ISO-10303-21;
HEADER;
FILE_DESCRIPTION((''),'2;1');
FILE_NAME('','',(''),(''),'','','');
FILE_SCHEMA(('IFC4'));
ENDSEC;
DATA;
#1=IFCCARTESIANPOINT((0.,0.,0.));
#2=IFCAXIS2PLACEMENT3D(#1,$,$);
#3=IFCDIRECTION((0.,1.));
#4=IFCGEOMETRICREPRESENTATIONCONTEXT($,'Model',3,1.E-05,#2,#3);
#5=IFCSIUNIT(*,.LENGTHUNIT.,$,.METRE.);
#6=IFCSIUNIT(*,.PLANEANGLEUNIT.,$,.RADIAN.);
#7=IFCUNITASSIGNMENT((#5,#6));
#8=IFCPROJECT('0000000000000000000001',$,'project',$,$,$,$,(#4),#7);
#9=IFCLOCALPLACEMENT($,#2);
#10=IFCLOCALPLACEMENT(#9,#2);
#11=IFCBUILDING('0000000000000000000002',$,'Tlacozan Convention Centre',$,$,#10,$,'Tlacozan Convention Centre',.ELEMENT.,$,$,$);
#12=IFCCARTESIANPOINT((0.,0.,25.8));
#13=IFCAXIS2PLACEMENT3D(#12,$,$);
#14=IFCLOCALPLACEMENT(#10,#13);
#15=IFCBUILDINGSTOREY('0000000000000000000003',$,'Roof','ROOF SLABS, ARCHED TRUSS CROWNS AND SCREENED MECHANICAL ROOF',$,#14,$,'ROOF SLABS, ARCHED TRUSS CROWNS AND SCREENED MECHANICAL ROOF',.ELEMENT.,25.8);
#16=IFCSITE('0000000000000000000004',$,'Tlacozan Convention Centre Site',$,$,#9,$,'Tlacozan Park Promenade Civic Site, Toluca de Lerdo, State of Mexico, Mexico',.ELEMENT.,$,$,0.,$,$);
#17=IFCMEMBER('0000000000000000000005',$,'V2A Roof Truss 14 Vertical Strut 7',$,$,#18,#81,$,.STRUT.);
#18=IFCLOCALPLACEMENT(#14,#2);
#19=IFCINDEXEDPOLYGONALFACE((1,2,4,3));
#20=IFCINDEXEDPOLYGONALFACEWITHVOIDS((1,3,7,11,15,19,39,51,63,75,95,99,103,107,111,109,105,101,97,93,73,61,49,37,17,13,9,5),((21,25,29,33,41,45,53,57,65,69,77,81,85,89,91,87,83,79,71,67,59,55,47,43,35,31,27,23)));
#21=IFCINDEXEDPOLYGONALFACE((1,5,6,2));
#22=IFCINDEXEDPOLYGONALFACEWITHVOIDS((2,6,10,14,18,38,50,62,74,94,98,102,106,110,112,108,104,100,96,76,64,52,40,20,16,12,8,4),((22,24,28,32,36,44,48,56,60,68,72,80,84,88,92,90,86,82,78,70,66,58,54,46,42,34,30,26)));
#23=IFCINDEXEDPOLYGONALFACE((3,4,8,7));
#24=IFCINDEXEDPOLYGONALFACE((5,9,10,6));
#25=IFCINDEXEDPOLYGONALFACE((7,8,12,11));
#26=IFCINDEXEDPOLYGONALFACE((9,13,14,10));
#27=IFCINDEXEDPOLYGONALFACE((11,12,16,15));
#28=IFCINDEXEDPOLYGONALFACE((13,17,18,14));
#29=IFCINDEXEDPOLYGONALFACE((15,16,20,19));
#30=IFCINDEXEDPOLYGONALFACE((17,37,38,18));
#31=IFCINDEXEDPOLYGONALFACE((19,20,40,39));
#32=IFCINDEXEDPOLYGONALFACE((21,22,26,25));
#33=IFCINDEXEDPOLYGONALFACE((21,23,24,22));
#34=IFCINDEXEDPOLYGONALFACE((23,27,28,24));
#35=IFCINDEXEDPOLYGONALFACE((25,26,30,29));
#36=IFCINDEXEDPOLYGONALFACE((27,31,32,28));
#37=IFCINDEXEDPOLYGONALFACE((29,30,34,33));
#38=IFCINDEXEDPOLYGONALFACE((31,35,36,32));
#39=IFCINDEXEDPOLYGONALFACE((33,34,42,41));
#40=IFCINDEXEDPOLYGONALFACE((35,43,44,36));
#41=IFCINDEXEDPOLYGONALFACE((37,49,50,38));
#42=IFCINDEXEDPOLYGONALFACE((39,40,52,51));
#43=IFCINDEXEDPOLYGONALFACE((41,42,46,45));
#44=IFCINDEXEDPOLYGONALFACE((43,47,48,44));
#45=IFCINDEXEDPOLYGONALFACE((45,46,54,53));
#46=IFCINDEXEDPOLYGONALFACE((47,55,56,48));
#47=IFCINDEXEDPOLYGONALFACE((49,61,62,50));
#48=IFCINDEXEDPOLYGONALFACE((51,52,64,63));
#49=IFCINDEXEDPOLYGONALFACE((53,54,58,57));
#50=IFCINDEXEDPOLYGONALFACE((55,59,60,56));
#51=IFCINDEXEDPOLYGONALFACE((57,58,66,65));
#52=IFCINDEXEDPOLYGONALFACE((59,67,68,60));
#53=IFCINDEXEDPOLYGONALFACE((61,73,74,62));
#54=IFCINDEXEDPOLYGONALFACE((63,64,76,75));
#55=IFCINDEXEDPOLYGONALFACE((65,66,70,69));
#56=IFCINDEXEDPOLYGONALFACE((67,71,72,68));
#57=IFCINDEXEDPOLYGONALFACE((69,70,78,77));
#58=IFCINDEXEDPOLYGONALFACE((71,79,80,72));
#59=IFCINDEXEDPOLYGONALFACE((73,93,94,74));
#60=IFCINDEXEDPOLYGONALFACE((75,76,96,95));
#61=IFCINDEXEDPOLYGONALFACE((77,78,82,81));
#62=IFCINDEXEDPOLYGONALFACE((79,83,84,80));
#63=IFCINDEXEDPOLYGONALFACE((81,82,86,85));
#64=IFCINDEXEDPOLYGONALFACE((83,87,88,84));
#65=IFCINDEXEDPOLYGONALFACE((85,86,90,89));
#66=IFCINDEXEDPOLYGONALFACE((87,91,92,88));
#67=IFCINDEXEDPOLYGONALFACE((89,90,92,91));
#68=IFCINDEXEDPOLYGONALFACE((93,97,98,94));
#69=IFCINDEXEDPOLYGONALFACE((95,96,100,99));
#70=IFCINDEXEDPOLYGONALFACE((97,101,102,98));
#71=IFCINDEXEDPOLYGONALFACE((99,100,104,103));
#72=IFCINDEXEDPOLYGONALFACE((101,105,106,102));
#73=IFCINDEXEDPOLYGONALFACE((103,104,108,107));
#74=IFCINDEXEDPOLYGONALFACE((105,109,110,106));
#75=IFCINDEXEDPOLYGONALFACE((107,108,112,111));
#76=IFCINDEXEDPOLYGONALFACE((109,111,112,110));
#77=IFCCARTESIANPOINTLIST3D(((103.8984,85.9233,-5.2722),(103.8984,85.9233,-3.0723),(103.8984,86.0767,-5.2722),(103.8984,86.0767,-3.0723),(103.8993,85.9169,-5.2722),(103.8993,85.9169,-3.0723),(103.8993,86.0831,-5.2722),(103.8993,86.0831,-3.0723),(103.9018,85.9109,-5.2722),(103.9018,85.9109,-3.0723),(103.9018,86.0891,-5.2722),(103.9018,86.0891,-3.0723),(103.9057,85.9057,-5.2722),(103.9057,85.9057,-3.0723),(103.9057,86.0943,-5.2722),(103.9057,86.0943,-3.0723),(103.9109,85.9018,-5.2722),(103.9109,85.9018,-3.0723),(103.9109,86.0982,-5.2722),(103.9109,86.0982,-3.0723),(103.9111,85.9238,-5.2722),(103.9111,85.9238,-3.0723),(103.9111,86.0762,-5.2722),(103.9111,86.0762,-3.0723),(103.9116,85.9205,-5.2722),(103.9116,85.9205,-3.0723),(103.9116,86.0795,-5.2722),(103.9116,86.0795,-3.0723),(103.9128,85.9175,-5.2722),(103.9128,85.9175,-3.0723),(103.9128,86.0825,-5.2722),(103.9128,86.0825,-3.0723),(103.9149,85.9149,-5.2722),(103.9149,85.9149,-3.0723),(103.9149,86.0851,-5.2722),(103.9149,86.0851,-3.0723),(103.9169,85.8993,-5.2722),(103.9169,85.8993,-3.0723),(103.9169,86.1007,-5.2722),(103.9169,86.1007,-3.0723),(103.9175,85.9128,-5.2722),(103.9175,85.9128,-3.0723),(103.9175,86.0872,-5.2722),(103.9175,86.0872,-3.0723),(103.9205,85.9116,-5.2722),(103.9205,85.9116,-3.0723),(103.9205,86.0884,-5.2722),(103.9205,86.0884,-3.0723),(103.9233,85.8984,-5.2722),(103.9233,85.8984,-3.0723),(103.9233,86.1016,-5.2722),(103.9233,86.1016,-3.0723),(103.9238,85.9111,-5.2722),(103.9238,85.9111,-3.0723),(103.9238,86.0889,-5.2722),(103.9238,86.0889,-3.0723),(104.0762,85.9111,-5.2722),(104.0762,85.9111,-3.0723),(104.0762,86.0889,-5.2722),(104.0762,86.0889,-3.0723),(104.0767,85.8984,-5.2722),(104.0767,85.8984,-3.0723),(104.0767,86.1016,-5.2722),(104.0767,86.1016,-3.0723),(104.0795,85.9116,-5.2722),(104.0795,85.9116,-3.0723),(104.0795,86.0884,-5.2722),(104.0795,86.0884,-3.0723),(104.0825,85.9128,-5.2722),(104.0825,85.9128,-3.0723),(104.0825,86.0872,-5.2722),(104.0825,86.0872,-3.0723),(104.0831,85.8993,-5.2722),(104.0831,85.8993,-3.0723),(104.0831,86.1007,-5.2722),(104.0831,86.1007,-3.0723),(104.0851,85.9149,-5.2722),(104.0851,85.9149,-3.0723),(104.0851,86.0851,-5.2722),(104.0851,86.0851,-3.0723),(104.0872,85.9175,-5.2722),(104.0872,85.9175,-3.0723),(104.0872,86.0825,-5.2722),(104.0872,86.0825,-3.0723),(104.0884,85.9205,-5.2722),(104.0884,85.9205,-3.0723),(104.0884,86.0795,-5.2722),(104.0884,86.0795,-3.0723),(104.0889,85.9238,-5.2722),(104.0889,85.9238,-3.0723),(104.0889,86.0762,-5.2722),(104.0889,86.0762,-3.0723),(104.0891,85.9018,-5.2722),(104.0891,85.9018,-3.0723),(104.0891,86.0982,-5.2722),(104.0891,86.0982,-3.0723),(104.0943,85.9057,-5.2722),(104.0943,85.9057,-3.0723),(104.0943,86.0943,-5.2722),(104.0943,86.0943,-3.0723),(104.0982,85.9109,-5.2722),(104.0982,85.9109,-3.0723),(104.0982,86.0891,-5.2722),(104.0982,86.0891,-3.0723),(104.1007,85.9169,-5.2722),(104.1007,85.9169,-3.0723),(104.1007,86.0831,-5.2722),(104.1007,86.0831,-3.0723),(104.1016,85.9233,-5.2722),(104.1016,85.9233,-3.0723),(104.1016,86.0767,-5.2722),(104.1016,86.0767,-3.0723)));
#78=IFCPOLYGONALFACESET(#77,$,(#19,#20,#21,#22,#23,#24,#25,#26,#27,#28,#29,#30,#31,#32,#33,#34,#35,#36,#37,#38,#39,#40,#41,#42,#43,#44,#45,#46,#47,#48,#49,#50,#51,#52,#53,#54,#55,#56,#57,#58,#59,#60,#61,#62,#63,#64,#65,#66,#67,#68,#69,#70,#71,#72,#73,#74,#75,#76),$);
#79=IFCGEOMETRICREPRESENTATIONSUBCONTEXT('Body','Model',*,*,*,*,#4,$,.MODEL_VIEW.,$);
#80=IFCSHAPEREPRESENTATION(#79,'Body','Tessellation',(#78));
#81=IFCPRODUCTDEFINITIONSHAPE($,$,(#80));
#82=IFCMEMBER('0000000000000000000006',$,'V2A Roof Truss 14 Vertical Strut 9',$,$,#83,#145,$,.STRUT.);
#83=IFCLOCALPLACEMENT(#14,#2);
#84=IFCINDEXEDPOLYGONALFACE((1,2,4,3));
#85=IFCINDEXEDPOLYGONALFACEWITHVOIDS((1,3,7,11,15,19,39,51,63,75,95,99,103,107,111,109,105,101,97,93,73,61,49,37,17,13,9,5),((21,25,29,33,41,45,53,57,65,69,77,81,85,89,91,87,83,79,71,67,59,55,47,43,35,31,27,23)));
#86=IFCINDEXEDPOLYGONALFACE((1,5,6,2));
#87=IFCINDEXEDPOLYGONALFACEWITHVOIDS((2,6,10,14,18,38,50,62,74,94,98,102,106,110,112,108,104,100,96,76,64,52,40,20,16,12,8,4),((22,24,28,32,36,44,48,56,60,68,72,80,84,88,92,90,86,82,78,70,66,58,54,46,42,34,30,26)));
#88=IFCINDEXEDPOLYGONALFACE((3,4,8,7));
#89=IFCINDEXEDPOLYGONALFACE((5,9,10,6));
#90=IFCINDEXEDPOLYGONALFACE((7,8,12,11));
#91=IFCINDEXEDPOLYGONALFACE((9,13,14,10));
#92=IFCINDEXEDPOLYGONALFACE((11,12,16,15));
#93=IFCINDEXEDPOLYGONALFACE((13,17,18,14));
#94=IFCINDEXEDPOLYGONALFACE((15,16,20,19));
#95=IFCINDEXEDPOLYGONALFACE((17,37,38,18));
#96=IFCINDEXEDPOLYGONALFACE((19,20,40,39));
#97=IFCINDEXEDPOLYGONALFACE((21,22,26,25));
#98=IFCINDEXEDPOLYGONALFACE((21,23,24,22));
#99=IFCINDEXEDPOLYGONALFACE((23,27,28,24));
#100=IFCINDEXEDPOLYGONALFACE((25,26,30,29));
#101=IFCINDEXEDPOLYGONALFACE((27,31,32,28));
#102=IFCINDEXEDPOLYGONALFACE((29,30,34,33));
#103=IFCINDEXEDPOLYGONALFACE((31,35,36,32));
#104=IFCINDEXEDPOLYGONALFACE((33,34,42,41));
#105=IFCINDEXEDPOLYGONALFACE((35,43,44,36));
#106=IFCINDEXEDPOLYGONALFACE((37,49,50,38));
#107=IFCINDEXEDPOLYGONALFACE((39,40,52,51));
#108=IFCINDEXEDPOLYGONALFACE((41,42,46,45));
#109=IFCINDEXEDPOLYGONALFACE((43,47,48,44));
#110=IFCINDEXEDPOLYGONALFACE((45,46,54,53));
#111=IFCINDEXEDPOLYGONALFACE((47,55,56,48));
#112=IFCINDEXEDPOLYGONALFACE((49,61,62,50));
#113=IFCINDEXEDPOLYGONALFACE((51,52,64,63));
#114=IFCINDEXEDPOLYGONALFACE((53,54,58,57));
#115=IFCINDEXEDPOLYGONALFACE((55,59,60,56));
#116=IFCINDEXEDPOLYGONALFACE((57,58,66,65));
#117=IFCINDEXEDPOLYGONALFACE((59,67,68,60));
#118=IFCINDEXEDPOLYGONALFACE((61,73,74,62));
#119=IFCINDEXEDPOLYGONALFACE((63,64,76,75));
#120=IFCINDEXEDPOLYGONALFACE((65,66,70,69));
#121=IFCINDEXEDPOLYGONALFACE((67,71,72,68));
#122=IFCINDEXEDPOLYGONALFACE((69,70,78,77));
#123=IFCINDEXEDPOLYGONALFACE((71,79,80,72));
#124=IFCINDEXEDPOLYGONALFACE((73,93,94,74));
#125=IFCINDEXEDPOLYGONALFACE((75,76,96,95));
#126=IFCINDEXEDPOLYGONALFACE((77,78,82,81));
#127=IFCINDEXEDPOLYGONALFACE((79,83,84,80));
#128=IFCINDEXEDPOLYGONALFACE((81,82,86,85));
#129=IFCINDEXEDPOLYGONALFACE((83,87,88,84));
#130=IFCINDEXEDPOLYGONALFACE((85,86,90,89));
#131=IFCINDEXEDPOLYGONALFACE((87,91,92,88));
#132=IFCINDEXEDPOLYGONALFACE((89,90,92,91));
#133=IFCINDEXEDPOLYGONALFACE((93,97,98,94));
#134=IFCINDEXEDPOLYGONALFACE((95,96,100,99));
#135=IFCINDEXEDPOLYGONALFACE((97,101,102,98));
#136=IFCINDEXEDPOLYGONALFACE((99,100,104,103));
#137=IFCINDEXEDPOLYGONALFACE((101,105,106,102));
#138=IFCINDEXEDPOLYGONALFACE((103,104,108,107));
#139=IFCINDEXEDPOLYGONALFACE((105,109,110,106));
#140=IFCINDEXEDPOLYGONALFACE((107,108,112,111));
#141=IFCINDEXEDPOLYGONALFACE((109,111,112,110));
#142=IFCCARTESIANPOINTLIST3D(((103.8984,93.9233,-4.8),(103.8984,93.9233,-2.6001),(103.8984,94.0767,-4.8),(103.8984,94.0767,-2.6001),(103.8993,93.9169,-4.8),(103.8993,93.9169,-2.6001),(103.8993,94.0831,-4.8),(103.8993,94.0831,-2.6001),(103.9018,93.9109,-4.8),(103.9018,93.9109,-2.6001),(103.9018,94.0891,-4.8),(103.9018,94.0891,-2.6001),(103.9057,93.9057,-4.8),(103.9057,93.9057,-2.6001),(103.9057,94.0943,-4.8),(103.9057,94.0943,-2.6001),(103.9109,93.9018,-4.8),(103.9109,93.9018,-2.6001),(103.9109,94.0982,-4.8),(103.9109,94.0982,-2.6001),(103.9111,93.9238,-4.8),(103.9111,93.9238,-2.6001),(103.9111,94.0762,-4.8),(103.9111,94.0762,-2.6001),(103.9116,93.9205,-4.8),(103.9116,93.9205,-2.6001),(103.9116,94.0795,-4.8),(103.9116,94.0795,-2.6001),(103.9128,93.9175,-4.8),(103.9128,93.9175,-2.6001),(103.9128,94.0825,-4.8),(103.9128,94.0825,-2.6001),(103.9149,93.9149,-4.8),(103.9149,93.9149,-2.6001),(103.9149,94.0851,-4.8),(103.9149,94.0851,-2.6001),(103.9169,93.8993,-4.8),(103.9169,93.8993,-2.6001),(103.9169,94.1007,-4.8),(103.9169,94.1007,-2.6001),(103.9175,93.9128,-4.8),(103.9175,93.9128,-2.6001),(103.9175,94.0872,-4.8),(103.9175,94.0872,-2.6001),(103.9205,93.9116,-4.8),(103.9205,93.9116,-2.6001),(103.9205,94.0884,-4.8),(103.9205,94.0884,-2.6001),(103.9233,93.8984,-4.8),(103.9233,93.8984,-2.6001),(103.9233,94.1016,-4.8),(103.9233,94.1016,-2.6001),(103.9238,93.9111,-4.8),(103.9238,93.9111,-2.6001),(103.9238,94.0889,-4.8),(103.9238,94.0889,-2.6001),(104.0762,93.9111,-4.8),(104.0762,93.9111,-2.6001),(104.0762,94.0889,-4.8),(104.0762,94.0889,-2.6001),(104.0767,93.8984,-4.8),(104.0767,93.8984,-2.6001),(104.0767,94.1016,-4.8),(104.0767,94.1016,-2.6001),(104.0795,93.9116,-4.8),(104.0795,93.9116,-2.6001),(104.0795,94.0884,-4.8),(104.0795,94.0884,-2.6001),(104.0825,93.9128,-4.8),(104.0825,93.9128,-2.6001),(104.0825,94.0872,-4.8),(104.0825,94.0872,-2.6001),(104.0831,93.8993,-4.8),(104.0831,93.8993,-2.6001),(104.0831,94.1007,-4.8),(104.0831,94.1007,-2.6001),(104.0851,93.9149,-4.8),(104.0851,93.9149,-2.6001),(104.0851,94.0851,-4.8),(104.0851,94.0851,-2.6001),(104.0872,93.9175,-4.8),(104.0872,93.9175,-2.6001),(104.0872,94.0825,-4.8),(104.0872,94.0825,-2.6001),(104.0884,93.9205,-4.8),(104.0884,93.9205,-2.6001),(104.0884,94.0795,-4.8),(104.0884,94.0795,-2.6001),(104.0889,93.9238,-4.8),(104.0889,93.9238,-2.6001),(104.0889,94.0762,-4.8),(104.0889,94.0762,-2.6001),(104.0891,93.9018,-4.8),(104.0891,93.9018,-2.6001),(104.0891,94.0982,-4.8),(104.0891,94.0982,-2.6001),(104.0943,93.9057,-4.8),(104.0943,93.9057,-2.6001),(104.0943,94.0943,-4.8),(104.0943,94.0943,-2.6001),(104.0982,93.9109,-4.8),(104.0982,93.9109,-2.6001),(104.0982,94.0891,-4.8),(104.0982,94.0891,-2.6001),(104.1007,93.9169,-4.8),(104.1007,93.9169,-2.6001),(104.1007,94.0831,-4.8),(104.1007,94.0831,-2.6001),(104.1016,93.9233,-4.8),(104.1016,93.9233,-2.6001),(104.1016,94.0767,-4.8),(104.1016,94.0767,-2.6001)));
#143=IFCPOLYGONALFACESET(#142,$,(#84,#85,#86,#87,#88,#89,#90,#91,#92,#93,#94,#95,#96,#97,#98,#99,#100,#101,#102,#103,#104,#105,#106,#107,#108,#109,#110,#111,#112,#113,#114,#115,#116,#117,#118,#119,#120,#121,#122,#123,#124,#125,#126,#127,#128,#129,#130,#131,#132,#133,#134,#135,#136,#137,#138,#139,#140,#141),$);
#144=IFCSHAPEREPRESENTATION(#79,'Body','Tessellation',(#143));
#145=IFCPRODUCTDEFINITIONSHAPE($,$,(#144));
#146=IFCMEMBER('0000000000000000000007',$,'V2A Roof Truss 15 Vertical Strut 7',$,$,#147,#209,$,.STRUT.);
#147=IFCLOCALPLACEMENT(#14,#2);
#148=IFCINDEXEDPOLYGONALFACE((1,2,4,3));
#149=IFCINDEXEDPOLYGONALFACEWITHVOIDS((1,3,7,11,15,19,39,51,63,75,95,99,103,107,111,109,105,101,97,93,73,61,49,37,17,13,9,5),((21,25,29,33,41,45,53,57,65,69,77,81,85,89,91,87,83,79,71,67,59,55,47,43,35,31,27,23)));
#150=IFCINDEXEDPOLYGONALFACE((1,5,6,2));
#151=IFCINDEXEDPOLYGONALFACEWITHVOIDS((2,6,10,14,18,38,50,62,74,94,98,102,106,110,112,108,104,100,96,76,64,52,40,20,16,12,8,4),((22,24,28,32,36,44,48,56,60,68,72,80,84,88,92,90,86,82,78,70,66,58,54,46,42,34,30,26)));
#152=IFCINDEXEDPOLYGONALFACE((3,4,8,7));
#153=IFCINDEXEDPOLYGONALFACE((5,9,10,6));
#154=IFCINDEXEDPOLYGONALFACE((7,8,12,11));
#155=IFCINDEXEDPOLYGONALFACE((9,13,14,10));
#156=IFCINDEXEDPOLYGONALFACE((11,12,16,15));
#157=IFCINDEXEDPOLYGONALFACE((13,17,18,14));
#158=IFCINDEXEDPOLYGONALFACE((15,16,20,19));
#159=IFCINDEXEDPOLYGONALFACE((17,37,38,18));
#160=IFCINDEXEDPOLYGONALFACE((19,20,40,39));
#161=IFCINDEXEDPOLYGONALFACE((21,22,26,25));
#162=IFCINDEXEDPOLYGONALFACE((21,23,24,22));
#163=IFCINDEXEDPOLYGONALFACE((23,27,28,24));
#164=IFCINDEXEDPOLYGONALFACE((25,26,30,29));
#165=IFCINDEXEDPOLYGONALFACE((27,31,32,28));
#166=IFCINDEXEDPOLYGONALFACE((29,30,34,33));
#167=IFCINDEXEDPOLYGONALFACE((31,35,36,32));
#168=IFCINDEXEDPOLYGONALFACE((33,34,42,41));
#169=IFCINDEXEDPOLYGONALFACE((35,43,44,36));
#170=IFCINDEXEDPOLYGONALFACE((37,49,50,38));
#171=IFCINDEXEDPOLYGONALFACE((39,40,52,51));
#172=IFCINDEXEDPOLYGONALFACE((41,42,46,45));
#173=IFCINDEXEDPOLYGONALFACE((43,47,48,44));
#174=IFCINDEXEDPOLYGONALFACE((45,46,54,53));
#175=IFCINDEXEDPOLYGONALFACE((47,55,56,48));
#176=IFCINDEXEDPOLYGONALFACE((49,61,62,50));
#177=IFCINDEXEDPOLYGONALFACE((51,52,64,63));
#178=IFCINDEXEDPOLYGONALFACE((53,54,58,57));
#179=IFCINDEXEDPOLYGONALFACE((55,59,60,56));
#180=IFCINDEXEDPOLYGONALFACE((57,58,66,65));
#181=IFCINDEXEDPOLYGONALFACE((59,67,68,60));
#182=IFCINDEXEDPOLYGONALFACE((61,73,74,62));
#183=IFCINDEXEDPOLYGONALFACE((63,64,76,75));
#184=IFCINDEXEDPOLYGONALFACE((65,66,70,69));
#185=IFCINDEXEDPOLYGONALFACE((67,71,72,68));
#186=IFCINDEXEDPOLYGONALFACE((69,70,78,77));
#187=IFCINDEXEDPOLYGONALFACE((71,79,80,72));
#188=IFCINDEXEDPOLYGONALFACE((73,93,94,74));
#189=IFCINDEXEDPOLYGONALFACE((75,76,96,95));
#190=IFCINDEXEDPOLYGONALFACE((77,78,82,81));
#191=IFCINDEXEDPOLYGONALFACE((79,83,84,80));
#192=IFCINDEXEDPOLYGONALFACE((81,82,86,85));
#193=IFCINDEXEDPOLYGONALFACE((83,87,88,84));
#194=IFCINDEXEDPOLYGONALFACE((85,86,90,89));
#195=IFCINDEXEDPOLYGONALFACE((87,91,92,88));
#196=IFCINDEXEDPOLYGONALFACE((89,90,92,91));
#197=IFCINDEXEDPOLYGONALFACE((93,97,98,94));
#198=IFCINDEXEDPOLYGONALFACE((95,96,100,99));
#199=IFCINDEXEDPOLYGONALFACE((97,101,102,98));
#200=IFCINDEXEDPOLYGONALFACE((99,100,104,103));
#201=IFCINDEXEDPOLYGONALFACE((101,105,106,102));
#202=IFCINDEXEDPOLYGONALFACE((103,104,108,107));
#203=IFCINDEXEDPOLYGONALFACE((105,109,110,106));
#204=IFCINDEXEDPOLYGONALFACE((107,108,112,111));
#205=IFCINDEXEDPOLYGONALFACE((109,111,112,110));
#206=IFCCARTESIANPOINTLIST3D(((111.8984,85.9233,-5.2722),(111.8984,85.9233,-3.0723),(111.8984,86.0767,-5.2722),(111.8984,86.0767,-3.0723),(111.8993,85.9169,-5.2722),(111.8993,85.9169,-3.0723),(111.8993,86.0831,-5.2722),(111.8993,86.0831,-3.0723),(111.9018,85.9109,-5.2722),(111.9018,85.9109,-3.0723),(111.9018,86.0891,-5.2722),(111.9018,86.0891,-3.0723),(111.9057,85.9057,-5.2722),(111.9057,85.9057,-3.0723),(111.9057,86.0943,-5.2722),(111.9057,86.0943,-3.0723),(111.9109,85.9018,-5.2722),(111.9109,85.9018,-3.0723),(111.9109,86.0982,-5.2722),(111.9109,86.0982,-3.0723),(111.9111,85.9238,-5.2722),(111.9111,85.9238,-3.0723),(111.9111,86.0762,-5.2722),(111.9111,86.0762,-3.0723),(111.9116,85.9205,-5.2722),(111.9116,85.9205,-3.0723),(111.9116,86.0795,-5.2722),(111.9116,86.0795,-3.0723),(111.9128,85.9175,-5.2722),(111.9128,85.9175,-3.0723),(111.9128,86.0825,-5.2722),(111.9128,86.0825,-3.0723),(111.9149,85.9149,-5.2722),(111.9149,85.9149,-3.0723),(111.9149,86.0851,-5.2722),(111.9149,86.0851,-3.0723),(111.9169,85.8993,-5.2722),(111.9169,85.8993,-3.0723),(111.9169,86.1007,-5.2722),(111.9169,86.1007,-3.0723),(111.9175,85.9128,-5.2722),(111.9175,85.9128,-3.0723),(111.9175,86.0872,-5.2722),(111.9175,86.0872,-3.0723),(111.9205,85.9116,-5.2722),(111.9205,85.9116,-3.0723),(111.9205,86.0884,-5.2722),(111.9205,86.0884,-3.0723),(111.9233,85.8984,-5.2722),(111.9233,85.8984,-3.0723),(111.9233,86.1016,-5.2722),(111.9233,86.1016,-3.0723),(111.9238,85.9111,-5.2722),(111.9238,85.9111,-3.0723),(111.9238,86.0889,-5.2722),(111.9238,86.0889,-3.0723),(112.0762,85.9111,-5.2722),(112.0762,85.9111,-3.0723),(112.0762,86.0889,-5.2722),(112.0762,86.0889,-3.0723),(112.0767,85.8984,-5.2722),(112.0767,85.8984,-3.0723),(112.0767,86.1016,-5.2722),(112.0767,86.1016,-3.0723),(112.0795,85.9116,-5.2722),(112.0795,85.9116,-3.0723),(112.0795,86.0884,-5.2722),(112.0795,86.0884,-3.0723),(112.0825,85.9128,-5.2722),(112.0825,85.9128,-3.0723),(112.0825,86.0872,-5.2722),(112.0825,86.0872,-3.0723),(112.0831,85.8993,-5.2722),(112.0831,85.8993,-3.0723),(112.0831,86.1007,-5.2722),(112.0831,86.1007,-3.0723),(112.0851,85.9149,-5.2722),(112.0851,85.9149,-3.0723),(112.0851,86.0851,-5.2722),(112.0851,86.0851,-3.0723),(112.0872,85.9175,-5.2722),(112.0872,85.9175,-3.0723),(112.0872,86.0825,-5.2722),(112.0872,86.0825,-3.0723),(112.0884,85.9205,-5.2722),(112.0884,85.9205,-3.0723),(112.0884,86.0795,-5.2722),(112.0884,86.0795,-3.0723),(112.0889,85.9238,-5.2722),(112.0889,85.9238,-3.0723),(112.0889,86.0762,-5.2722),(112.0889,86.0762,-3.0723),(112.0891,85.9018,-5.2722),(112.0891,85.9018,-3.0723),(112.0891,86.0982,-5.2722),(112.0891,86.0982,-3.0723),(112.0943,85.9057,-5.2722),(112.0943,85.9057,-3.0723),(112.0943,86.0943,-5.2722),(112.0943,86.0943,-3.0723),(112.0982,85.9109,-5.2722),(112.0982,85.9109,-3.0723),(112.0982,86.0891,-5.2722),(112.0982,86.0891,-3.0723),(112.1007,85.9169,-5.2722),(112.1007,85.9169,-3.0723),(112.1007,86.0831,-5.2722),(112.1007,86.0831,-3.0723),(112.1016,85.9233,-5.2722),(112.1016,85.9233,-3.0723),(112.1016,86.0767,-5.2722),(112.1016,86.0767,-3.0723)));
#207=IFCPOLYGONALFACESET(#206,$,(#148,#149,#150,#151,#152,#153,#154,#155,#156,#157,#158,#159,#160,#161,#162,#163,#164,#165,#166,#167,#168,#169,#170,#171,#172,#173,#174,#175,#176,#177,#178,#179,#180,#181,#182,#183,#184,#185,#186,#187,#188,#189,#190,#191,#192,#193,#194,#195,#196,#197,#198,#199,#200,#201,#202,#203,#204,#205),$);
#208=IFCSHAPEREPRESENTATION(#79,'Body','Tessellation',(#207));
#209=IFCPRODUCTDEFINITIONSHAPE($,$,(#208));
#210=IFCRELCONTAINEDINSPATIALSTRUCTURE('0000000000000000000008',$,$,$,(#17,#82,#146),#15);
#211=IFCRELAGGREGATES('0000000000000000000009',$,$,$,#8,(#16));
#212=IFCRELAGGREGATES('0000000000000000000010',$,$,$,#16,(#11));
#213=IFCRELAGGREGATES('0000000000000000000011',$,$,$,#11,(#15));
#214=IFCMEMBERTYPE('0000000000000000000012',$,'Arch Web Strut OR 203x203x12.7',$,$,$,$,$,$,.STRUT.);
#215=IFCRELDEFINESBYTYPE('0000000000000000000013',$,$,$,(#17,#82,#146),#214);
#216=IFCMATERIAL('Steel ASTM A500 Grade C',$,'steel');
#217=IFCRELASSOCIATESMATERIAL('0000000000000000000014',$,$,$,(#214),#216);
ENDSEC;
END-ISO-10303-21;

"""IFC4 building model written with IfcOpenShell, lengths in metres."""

from ifc_helpers import new_model, si_unit, direction, frame, origin, origin_2d, place, context, subcontext, project, spatial, hollow_rectangle, extrude, material, material_profile, profile_set, type_object, element, save


model = new_model("IFC4")

# Units and contexts
model_context = context("Model", 3, precision=1e-05, world=origin(), true_north=direction((0.0, 1.0)))
body_context = subcontext(model_context, "Body", "Model", "MODEL_VIEW")
ifc_project = project(units=[si_unit("LENGTHUNIT", "METRE"), si_unit("PLANEANGLEUNIT", "RADIAN")], contexts=[model_context])

# Site, building, storey
site_placement = place(None, origin())
site = spatial("IfcSite", under=ifc_project, at=site_placement, Name="Tlacozan Convention Centre Site", LongName="Tlacozan Park Promenade Civic Site, Toluca de Lerdo, State of Mexico, Mexico", CompositionType="ELEMENT", RefElevation=0.0)
building_placement = place(site_placement, origin())
building = spatial("IfcBuilding", under=site, at=building_placement, Name="Tlacozan Convention Centre", LongName="Tlacozan Convention Centre", CompositionType="ELEMENT")
storey_placement = place(building_placement, frame((0.0, 0.0, 25.8)))
storey = spatial("IfcBuildingStorey", under=building, at=storey_placement, Name="Roof", Description="ROOF SLABS, ARCHED TRUSS CROWNS AND SCREENED MECHANICAL ROOF", LongName="ROOF SLABS, ARCHED TRUSS CROWNS AND SCREENED MECHANICAL ROOF", CompositionType="ELEMENT", Elevation=25.8)

# Members
ifc_material_1 = material(Name="Steel ASTM A500 Grade C", Category="steel")
ifc_material_profile_1 = material_profile(ifc_material_1, hollow_rectangle(XDim=0.2031, YDim=0.2031, WallThickness=0.0127, InnerFilletRadius=0.0127, OuterFilletRadius=0.0249, at=origin_2d()), Name="OR 203x203x12.7")
ifc_profile_set_1 = profile_set([ifc_material_profile_1], Name="Steel ASTM A500 Grade C")
member_type_1 = type_object("IfcMemberType", Name="Arch Web Strut OR 203x203x12.7", PredefinedType="STRUT", material=ifc_profile_set_1)
for number, where, z_axis, x_axis, name in (
    (1, (104.0, 86.0, -5.2722), (0.0, 0.0, 1.0), (1.0, 0.0, 0.0), "V2A Roof Truss 14 Vertical Strut 7"),
    (2, (104.0, 94.0, -4.8), (0.0, 0.0, 1.0), (1.0, 0.0, 0.0), "V2A Roof Truss 14 Vertical Strut 9"),
    (3, (112.0, 86.0, -5.2722), (0.0, 0.0, 1.0), (1.0, 0.0, 0.0), "V2A Roof Truss 15 Vertical Strut 7"),
):
    element("IfcMember", number, at=place(storey_placement, frame(where, z_axis=z_axis, x_axis=x_axis)), inside=storey, type_object=member_type_1, Name=name, PredefinedType="STRUT", context=body_context, shape_type="SweptSolid", body=[
        extrude(hollow_rectangle(XDim=0.2031, YDim=0.2031, WallThickness=0.0127, InnerFilletRadius=0.0127, OuterFilletRadius=0.0249, at=origin_2d()), origin(), (0.0, 0.0, 1.0), 2.2),
    ])

save(model, "model.ifc")
